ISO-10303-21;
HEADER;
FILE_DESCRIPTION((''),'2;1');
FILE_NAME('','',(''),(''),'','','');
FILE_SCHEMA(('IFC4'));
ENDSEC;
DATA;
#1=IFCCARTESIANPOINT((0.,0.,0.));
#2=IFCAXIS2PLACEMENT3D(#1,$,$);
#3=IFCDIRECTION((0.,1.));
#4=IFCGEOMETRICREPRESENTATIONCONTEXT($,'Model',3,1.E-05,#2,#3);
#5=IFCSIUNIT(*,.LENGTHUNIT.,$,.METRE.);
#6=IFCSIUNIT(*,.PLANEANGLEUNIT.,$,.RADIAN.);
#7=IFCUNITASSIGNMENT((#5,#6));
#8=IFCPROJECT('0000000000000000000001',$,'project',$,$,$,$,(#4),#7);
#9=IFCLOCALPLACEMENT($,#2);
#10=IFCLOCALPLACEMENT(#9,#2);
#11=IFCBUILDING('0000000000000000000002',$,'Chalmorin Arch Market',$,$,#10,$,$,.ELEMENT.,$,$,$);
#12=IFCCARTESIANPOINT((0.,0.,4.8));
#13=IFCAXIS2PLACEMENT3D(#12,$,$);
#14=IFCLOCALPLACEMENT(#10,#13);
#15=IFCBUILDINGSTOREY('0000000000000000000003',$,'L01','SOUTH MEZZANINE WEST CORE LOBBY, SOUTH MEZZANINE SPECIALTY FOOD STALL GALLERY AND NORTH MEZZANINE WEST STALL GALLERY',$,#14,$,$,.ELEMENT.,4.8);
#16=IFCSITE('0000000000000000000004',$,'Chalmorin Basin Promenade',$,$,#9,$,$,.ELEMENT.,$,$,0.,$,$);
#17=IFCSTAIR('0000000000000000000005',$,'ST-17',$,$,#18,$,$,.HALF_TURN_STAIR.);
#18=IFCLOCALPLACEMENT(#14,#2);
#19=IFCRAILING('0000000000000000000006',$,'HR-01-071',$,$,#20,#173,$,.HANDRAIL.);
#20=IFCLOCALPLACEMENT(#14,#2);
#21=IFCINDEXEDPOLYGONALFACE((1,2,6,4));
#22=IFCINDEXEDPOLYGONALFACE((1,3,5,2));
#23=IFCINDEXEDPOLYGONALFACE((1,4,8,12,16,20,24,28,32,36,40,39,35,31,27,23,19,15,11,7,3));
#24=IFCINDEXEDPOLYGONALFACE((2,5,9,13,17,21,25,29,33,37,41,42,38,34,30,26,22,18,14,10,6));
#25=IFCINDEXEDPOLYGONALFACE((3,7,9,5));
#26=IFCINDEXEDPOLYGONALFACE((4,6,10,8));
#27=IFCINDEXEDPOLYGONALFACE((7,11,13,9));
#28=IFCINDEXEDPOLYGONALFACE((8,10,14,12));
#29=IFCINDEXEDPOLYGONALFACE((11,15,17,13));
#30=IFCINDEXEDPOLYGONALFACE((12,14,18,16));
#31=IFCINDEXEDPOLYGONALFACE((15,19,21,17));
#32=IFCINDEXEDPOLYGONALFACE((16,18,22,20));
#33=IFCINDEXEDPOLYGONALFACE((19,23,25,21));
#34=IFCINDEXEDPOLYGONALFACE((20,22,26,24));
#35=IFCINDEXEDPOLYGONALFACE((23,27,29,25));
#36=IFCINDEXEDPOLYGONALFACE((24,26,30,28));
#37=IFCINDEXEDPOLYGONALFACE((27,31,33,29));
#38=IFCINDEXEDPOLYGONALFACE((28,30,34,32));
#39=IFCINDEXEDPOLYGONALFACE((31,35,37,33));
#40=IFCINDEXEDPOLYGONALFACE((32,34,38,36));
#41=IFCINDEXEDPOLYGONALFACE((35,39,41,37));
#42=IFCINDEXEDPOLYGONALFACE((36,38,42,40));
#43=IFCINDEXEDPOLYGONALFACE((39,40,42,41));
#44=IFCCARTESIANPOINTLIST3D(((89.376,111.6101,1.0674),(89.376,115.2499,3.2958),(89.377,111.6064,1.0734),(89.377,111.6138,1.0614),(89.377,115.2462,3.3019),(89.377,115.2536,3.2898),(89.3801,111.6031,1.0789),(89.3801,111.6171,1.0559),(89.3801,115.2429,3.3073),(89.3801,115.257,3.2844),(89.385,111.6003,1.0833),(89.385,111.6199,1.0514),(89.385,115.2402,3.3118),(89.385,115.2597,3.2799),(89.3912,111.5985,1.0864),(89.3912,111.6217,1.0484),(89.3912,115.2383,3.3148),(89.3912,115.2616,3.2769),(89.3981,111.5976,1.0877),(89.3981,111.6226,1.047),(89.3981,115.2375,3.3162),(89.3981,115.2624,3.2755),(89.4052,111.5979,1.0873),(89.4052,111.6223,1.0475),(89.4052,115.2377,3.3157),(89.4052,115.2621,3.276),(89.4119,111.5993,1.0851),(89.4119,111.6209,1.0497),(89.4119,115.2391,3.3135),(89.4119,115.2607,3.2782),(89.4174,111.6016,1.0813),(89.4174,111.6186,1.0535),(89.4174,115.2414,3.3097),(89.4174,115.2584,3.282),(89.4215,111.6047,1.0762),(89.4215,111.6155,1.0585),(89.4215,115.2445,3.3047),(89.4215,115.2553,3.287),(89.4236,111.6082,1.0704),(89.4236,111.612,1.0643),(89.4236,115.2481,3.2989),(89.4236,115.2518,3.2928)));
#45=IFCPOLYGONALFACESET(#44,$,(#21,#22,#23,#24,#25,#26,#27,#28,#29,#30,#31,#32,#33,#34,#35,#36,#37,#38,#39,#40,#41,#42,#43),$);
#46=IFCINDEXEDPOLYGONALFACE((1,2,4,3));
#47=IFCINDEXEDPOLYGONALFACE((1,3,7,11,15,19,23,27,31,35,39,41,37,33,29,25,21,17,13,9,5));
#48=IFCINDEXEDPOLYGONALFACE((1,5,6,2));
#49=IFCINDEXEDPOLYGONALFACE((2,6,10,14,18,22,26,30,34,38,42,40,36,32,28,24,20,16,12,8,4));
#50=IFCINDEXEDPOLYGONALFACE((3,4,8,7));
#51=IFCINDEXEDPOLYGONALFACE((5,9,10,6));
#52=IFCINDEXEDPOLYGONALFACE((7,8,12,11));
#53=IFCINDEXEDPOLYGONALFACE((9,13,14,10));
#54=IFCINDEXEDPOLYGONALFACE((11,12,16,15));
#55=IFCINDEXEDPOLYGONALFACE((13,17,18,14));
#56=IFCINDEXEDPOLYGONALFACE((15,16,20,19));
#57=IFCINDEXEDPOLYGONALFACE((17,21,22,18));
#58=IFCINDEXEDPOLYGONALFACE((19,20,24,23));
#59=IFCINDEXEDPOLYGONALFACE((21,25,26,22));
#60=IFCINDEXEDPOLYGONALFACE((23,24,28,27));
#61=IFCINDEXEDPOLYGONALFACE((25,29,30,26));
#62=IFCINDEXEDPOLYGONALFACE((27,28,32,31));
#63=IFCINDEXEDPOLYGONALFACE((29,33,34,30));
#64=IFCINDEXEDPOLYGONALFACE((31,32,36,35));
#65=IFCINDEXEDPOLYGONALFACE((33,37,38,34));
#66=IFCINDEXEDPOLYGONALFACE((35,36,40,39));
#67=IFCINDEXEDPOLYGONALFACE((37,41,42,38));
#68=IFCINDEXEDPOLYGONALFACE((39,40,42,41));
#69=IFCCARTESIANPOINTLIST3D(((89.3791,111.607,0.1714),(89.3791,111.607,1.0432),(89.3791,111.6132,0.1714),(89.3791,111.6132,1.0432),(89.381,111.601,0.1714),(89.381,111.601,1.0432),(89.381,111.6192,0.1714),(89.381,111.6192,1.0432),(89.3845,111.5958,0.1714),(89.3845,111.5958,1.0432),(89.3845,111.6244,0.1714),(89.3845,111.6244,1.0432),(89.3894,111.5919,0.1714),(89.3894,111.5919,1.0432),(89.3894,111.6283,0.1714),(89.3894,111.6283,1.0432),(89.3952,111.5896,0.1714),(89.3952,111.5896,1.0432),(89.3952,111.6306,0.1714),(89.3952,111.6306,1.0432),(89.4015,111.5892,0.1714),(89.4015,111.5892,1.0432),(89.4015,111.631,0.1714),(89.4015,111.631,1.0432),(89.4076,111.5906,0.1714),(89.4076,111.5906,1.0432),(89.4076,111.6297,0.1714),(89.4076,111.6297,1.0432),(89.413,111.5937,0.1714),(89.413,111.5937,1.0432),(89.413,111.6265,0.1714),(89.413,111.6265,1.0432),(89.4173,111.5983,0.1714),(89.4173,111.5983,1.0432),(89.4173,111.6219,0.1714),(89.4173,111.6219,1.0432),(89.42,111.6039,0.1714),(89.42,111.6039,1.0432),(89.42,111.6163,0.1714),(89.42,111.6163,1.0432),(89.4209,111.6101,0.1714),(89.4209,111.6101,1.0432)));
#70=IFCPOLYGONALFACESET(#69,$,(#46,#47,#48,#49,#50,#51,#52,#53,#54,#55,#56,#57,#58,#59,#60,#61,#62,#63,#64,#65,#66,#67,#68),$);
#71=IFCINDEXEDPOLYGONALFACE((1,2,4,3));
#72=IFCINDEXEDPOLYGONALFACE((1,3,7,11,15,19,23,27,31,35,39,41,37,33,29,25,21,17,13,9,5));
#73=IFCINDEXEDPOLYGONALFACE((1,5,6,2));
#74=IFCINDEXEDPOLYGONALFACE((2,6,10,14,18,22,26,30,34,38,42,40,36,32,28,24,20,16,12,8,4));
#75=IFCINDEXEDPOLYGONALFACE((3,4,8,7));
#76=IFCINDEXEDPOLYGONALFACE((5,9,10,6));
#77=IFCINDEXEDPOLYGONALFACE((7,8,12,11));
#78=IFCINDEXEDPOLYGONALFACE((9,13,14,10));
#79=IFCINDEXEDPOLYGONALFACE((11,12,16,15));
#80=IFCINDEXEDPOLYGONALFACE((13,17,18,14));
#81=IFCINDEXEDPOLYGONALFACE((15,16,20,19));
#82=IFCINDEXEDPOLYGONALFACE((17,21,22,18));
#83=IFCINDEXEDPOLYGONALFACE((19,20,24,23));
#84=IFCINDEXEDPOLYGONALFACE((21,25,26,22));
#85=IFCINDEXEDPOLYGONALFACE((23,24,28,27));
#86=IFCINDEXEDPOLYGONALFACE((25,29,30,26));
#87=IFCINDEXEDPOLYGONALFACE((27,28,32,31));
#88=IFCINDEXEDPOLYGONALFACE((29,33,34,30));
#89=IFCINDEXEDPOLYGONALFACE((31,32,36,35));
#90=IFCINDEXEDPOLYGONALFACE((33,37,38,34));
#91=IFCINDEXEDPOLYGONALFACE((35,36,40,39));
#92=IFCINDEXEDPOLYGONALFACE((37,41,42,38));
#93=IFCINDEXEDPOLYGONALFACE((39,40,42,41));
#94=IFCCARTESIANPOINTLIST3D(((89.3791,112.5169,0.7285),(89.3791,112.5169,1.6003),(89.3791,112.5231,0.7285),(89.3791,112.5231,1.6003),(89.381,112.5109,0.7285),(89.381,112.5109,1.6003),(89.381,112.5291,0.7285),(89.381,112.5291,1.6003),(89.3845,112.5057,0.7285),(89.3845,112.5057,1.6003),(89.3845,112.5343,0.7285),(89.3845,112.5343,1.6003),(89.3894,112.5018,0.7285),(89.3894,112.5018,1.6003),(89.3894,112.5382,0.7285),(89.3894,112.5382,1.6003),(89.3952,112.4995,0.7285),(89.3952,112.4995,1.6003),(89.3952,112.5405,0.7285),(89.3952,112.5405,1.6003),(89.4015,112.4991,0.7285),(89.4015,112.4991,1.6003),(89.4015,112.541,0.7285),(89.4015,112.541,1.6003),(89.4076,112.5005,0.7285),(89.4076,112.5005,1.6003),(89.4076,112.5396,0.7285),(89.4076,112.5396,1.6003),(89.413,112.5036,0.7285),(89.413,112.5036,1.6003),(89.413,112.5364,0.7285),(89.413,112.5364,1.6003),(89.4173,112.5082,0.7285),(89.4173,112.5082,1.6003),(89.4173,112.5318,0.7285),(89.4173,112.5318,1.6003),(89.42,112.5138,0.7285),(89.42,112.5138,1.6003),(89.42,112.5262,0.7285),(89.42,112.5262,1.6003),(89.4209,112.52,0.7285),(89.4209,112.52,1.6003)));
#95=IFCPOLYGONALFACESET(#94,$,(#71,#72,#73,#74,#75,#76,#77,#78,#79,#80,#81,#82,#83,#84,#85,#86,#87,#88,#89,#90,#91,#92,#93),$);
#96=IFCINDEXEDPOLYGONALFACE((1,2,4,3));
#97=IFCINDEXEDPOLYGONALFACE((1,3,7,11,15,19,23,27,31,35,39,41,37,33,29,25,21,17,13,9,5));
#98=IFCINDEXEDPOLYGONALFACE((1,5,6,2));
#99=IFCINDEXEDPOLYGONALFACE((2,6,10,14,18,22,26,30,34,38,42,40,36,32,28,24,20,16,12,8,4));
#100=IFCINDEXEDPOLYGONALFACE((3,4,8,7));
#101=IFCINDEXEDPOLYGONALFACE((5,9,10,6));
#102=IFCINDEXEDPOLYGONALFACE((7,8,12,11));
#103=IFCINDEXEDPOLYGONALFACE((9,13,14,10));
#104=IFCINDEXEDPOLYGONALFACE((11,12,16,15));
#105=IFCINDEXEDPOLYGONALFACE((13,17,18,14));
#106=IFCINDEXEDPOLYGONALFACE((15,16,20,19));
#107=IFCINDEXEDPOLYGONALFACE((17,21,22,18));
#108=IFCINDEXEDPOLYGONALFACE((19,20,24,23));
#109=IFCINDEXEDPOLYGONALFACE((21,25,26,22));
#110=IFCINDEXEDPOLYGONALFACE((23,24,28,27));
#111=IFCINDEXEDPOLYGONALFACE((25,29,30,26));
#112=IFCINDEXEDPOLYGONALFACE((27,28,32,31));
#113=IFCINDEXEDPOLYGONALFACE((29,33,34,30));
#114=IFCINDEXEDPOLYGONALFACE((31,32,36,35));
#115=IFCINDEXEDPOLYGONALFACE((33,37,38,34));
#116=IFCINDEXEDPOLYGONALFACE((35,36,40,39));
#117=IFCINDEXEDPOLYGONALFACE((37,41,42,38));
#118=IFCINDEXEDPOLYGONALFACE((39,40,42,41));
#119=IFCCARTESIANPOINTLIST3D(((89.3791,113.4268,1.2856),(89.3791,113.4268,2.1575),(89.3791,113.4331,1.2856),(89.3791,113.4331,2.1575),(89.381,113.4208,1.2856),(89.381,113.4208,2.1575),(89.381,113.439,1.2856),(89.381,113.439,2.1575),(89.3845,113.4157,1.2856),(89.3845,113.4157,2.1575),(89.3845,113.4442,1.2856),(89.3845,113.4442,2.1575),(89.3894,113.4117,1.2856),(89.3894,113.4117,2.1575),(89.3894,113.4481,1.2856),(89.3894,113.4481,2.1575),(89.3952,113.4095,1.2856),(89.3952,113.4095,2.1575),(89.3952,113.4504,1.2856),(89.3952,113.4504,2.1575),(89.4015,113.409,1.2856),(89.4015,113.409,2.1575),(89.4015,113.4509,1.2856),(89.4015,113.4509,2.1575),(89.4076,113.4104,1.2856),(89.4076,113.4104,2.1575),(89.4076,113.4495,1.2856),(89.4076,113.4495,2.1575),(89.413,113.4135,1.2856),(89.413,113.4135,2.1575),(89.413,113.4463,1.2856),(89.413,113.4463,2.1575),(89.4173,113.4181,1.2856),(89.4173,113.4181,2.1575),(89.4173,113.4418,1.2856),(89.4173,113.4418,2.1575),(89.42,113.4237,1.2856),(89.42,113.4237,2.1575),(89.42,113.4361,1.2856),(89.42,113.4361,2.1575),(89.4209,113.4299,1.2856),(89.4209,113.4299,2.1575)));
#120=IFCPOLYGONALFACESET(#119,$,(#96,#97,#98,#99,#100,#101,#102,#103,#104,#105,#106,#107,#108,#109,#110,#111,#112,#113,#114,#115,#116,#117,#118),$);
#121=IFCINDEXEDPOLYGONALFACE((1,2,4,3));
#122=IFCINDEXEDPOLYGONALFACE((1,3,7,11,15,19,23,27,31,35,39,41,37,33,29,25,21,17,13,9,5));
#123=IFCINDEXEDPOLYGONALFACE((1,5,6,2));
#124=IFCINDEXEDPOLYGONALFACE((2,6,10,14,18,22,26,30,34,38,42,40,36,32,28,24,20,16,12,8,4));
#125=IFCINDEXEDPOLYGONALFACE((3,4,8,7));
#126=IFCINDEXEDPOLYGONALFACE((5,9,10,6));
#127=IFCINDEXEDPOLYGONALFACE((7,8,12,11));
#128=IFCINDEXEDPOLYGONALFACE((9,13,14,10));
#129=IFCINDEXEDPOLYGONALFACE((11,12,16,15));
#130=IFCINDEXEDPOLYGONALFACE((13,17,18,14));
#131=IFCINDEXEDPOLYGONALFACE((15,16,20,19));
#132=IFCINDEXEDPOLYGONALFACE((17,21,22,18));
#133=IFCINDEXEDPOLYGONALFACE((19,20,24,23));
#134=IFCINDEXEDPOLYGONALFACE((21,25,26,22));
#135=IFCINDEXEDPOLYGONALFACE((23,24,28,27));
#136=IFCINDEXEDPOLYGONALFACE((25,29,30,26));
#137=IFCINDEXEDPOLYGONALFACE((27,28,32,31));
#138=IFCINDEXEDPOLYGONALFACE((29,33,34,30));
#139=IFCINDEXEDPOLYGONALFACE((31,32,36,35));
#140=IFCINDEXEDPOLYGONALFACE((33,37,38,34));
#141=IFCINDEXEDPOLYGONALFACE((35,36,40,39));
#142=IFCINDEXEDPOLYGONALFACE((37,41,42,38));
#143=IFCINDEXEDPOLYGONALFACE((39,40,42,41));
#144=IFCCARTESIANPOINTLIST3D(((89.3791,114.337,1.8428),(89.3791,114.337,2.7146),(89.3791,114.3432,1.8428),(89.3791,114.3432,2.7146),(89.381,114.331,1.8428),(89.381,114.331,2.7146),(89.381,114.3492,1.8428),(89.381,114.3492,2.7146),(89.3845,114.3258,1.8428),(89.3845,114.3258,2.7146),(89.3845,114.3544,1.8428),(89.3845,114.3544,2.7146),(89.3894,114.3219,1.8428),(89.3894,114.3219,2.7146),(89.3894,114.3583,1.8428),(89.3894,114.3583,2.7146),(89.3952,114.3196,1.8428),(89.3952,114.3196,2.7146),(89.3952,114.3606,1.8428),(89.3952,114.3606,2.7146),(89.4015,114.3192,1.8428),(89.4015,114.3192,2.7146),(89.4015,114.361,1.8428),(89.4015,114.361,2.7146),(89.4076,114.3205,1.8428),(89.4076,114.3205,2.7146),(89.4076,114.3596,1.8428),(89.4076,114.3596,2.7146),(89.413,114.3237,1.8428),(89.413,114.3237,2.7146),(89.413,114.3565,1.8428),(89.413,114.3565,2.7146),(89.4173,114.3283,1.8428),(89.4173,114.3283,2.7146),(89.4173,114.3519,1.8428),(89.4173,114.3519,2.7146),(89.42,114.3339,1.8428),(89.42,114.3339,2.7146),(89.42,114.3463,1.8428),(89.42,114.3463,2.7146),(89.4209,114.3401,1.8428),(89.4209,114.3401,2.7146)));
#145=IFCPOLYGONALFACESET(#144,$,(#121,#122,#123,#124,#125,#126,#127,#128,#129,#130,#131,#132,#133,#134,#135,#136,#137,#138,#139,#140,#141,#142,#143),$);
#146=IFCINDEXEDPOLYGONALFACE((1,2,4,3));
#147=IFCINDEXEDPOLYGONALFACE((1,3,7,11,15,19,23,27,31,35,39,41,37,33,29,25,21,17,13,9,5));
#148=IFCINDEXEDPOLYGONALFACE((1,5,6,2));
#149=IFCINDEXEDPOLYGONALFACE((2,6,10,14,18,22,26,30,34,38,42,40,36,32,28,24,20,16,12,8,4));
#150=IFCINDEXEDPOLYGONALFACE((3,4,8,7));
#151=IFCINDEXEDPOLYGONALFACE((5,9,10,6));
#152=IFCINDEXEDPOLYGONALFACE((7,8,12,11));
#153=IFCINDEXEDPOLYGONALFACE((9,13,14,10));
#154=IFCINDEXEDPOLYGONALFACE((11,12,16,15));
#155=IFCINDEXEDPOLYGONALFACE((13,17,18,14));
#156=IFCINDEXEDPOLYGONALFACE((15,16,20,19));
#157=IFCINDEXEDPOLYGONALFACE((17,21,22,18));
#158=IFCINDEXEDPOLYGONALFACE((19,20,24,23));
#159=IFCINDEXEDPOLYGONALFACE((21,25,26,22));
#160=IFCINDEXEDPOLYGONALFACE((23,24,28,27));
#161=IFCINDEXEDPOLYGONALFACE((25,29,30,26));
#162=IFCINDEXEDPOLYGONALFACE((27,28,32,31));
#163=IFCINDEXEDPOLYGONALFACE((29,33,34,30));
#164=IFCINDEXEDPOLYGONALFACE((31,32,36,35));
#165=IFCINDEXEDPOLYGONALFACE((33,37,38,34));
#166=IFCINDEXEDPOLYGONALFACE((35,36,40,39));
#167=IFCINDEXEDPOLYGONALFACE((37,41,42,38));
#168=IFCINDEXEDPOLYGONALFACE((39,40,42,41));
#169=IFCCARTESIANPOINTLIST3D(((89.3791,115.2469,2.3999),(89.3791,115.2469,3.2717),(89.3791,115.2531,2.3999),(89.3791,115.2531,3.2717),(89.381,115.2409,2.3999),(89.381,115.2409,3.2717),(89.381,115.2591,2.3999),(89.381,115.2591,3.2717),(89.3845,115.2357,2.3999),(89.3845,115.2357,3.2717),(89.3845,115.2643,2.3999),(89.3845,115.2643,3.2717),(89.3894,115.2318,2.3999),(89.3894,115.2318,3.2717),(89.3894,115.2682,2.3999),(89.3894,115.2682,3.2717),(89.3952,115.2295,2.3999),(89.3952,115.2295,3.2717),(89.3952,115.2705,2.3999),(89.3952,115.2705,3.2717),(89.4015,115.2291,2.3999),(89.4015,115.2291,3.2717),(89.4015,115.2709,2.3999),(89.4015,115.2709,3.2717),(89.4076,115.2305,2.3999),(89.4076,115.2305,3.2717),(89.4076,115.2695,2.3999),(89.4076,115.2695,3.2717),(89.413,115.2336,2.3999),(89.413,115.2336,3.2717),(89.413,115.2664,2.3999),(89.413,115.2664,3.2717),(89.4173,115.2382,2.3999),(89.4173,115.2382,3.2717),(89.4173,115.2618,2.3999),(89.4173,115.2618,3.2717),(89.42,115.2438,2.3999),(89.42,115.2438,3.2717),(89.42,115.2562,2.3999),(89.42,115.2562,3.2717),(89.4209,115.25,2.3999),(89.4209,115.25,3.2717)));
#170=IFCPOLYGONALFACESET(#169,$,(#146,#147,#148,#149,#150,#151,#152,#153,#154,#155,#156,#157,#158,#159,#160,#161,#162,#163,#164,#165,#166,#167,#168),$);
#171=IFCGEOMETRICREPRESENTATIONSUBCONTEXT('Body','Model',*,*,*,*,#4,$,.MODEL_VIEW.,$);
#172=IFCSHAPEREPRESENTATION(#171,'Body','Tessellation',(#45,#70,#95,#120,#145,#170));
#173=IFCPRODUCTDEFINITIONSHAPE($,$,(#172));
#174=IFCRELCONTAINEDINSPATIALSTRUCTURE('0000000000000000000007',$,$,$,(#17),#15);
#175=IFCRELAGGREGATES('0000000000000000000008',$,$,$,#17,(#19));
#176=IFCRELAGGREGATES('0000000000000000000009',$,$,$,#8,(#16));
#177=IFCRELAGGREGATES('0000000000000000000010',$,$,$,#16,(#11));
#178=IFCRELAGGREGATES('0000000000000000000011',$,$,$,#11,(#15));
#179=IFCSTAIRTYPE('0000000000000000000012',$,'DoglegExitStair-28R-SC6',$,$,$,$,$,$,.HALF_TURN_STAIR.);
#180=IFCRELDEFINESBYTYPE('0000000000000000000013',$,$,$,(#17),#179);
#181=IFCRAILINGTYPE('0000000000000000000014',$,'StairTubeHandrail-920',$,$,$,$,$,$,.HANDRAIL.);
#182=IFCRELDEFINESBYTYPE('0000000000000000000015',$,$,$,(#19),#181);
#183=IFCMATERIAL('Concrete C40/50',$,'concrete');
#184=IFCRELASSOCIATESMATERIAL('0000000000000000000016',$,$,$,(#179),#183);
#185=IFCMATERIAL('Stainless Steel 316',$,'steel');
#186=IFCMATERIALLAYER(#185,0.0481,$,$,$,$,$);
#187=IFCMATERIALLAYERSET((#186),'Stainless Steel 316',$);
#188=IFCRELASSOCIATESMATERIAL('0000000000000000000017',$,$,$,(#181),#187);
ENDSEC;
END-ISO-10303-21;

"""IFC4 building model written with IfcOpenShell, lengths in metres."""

from ifc_helpers import new_model, si_unit, direction, frame, origin, origin_2d, place, context, subcontext, project, spatial, circle, extrude, material, layer, layer_set, type_object, element, aggregate, save


model = new_model("IFC4")

# Units and contexts
model_context = context("Model", 3, precision=1e-05, world=origin(), true_north=direction((0.0, 1.0)))
body_context = subcontext(model_context, "Body", "Model", "MODEL_VIEW")
ifc_project = project(units=[si_unit("LENGTHUNIT", "METRE"), si_unit("PLANEANGLEUNIT", "RADIAN")], contexts=[model_context])

# Site, building, storey
site_placement = place(None, origin())
site = spatial("IfcSite", under=ifc_project, at=site_placement, Name="Chalmorin Basin Promenade", CompositionType="ELEMENT", RefElevation=0.0)
building_placement = place(site_placement, origin())
building = spatial("IfcBuilding", under=site, at=building_placement, Name="Chalmorin Arch Market", CompositionType="ELEMENT")
storey_placement = place(building_placement, frame((0.0, 0.0, 4.8)))
storey = spatial("IfcBuildingStorey", under=building, at=storey_placement, Name="L01", Description="SOUTH MEZZANINE WEST CORE LOBBY, SOUTH MEZZANINE SPECIALTY FOOD STALL GALLERY AND NORTH MEZZANINE WEST STALL GALLERY", CompositionType="ELEMENT", Elevation=4.8)

# Shared definitions
ifc_material_1 = material(Name="Concrete C40/50", Category="concrete")

# Shared definitions
ifc_material_2 = material(Name="Stainless Steel 316", Category="steel")

# Stair, railing
stair_type = type_object("IfcStairType", Name="DoglegExitStair-28R-SC6", PredefinedType="HALF_TURN_STAIR", material=ifc_material_1)
stair_placement = place(storey_placement, origin())
stair = element("IfcStair", 1, at=stair_placement, inside=storey, type_object=stair_type, Name="ST-17", PredefinedType="HALF_TURN_STAIR")
ifc_layer_1 = layer(ifc_material_2, 0.0481)
ifc_layer_set_1 = layer_set([ifc_layer_1], Name="Stainless Steel 316")
railing_type_1 = type_object("IfcRailingType", Name="StairTubeHandrail-920", PredefinedType="HANDRAIL", material=ifc_layer_set_1)
railing_1_placement = place(storey_placement, frame((89.3999, 111.6101, 0.1714)))
railing_1 = element("IfcRailing", 2, at=railing_1_placement, type_object=railing_type_1, Name="HR-01-071", PredefinedType="HANDRAIL", context=body_context, shape_type="SweptSolid", body=[
    extrude(circle(Radius=0.0239, at=origin_2d()), frame((0.0, 0.0, 0.896), z_axis=(0.0, 0.85285, 0.522156), x_axis=(-1.0, 0.0, 0.0)), (0.0, 0.0, 1.0), 4.2678),
    extrude(circle(Radius=0.021, at=origin_2d()), origin(), (0.0, 0.0, 1.0), 0.8718),
    extrude(circle(Radius=0.021, at=origin_2d()), frame((0.0, 0.9099, 0.5571)), (0.0, 0.0, 1.0), 0.8718),
    extrude(circle(Radius=0.021, at=origin_2d()), frame((0.0, 1.8198, 1.1143)), (0.0, 0.0, 1.0), 0.8718),
    extrude(circle(Radius=0.021, at=origin_2d()), frame((0.0, 2.73, 1.6714)), (0.0, 0.0, 1.0), 0.8718),
    extrude(circle(Radius=0.021, at=origin_2d()), frame((0.0, 3.6399, 2.2285)), (0.0, 0.0, 1.0), 0.8718),
])
aggregate(stair, [railing_1])

save(model, "model.ifc")
